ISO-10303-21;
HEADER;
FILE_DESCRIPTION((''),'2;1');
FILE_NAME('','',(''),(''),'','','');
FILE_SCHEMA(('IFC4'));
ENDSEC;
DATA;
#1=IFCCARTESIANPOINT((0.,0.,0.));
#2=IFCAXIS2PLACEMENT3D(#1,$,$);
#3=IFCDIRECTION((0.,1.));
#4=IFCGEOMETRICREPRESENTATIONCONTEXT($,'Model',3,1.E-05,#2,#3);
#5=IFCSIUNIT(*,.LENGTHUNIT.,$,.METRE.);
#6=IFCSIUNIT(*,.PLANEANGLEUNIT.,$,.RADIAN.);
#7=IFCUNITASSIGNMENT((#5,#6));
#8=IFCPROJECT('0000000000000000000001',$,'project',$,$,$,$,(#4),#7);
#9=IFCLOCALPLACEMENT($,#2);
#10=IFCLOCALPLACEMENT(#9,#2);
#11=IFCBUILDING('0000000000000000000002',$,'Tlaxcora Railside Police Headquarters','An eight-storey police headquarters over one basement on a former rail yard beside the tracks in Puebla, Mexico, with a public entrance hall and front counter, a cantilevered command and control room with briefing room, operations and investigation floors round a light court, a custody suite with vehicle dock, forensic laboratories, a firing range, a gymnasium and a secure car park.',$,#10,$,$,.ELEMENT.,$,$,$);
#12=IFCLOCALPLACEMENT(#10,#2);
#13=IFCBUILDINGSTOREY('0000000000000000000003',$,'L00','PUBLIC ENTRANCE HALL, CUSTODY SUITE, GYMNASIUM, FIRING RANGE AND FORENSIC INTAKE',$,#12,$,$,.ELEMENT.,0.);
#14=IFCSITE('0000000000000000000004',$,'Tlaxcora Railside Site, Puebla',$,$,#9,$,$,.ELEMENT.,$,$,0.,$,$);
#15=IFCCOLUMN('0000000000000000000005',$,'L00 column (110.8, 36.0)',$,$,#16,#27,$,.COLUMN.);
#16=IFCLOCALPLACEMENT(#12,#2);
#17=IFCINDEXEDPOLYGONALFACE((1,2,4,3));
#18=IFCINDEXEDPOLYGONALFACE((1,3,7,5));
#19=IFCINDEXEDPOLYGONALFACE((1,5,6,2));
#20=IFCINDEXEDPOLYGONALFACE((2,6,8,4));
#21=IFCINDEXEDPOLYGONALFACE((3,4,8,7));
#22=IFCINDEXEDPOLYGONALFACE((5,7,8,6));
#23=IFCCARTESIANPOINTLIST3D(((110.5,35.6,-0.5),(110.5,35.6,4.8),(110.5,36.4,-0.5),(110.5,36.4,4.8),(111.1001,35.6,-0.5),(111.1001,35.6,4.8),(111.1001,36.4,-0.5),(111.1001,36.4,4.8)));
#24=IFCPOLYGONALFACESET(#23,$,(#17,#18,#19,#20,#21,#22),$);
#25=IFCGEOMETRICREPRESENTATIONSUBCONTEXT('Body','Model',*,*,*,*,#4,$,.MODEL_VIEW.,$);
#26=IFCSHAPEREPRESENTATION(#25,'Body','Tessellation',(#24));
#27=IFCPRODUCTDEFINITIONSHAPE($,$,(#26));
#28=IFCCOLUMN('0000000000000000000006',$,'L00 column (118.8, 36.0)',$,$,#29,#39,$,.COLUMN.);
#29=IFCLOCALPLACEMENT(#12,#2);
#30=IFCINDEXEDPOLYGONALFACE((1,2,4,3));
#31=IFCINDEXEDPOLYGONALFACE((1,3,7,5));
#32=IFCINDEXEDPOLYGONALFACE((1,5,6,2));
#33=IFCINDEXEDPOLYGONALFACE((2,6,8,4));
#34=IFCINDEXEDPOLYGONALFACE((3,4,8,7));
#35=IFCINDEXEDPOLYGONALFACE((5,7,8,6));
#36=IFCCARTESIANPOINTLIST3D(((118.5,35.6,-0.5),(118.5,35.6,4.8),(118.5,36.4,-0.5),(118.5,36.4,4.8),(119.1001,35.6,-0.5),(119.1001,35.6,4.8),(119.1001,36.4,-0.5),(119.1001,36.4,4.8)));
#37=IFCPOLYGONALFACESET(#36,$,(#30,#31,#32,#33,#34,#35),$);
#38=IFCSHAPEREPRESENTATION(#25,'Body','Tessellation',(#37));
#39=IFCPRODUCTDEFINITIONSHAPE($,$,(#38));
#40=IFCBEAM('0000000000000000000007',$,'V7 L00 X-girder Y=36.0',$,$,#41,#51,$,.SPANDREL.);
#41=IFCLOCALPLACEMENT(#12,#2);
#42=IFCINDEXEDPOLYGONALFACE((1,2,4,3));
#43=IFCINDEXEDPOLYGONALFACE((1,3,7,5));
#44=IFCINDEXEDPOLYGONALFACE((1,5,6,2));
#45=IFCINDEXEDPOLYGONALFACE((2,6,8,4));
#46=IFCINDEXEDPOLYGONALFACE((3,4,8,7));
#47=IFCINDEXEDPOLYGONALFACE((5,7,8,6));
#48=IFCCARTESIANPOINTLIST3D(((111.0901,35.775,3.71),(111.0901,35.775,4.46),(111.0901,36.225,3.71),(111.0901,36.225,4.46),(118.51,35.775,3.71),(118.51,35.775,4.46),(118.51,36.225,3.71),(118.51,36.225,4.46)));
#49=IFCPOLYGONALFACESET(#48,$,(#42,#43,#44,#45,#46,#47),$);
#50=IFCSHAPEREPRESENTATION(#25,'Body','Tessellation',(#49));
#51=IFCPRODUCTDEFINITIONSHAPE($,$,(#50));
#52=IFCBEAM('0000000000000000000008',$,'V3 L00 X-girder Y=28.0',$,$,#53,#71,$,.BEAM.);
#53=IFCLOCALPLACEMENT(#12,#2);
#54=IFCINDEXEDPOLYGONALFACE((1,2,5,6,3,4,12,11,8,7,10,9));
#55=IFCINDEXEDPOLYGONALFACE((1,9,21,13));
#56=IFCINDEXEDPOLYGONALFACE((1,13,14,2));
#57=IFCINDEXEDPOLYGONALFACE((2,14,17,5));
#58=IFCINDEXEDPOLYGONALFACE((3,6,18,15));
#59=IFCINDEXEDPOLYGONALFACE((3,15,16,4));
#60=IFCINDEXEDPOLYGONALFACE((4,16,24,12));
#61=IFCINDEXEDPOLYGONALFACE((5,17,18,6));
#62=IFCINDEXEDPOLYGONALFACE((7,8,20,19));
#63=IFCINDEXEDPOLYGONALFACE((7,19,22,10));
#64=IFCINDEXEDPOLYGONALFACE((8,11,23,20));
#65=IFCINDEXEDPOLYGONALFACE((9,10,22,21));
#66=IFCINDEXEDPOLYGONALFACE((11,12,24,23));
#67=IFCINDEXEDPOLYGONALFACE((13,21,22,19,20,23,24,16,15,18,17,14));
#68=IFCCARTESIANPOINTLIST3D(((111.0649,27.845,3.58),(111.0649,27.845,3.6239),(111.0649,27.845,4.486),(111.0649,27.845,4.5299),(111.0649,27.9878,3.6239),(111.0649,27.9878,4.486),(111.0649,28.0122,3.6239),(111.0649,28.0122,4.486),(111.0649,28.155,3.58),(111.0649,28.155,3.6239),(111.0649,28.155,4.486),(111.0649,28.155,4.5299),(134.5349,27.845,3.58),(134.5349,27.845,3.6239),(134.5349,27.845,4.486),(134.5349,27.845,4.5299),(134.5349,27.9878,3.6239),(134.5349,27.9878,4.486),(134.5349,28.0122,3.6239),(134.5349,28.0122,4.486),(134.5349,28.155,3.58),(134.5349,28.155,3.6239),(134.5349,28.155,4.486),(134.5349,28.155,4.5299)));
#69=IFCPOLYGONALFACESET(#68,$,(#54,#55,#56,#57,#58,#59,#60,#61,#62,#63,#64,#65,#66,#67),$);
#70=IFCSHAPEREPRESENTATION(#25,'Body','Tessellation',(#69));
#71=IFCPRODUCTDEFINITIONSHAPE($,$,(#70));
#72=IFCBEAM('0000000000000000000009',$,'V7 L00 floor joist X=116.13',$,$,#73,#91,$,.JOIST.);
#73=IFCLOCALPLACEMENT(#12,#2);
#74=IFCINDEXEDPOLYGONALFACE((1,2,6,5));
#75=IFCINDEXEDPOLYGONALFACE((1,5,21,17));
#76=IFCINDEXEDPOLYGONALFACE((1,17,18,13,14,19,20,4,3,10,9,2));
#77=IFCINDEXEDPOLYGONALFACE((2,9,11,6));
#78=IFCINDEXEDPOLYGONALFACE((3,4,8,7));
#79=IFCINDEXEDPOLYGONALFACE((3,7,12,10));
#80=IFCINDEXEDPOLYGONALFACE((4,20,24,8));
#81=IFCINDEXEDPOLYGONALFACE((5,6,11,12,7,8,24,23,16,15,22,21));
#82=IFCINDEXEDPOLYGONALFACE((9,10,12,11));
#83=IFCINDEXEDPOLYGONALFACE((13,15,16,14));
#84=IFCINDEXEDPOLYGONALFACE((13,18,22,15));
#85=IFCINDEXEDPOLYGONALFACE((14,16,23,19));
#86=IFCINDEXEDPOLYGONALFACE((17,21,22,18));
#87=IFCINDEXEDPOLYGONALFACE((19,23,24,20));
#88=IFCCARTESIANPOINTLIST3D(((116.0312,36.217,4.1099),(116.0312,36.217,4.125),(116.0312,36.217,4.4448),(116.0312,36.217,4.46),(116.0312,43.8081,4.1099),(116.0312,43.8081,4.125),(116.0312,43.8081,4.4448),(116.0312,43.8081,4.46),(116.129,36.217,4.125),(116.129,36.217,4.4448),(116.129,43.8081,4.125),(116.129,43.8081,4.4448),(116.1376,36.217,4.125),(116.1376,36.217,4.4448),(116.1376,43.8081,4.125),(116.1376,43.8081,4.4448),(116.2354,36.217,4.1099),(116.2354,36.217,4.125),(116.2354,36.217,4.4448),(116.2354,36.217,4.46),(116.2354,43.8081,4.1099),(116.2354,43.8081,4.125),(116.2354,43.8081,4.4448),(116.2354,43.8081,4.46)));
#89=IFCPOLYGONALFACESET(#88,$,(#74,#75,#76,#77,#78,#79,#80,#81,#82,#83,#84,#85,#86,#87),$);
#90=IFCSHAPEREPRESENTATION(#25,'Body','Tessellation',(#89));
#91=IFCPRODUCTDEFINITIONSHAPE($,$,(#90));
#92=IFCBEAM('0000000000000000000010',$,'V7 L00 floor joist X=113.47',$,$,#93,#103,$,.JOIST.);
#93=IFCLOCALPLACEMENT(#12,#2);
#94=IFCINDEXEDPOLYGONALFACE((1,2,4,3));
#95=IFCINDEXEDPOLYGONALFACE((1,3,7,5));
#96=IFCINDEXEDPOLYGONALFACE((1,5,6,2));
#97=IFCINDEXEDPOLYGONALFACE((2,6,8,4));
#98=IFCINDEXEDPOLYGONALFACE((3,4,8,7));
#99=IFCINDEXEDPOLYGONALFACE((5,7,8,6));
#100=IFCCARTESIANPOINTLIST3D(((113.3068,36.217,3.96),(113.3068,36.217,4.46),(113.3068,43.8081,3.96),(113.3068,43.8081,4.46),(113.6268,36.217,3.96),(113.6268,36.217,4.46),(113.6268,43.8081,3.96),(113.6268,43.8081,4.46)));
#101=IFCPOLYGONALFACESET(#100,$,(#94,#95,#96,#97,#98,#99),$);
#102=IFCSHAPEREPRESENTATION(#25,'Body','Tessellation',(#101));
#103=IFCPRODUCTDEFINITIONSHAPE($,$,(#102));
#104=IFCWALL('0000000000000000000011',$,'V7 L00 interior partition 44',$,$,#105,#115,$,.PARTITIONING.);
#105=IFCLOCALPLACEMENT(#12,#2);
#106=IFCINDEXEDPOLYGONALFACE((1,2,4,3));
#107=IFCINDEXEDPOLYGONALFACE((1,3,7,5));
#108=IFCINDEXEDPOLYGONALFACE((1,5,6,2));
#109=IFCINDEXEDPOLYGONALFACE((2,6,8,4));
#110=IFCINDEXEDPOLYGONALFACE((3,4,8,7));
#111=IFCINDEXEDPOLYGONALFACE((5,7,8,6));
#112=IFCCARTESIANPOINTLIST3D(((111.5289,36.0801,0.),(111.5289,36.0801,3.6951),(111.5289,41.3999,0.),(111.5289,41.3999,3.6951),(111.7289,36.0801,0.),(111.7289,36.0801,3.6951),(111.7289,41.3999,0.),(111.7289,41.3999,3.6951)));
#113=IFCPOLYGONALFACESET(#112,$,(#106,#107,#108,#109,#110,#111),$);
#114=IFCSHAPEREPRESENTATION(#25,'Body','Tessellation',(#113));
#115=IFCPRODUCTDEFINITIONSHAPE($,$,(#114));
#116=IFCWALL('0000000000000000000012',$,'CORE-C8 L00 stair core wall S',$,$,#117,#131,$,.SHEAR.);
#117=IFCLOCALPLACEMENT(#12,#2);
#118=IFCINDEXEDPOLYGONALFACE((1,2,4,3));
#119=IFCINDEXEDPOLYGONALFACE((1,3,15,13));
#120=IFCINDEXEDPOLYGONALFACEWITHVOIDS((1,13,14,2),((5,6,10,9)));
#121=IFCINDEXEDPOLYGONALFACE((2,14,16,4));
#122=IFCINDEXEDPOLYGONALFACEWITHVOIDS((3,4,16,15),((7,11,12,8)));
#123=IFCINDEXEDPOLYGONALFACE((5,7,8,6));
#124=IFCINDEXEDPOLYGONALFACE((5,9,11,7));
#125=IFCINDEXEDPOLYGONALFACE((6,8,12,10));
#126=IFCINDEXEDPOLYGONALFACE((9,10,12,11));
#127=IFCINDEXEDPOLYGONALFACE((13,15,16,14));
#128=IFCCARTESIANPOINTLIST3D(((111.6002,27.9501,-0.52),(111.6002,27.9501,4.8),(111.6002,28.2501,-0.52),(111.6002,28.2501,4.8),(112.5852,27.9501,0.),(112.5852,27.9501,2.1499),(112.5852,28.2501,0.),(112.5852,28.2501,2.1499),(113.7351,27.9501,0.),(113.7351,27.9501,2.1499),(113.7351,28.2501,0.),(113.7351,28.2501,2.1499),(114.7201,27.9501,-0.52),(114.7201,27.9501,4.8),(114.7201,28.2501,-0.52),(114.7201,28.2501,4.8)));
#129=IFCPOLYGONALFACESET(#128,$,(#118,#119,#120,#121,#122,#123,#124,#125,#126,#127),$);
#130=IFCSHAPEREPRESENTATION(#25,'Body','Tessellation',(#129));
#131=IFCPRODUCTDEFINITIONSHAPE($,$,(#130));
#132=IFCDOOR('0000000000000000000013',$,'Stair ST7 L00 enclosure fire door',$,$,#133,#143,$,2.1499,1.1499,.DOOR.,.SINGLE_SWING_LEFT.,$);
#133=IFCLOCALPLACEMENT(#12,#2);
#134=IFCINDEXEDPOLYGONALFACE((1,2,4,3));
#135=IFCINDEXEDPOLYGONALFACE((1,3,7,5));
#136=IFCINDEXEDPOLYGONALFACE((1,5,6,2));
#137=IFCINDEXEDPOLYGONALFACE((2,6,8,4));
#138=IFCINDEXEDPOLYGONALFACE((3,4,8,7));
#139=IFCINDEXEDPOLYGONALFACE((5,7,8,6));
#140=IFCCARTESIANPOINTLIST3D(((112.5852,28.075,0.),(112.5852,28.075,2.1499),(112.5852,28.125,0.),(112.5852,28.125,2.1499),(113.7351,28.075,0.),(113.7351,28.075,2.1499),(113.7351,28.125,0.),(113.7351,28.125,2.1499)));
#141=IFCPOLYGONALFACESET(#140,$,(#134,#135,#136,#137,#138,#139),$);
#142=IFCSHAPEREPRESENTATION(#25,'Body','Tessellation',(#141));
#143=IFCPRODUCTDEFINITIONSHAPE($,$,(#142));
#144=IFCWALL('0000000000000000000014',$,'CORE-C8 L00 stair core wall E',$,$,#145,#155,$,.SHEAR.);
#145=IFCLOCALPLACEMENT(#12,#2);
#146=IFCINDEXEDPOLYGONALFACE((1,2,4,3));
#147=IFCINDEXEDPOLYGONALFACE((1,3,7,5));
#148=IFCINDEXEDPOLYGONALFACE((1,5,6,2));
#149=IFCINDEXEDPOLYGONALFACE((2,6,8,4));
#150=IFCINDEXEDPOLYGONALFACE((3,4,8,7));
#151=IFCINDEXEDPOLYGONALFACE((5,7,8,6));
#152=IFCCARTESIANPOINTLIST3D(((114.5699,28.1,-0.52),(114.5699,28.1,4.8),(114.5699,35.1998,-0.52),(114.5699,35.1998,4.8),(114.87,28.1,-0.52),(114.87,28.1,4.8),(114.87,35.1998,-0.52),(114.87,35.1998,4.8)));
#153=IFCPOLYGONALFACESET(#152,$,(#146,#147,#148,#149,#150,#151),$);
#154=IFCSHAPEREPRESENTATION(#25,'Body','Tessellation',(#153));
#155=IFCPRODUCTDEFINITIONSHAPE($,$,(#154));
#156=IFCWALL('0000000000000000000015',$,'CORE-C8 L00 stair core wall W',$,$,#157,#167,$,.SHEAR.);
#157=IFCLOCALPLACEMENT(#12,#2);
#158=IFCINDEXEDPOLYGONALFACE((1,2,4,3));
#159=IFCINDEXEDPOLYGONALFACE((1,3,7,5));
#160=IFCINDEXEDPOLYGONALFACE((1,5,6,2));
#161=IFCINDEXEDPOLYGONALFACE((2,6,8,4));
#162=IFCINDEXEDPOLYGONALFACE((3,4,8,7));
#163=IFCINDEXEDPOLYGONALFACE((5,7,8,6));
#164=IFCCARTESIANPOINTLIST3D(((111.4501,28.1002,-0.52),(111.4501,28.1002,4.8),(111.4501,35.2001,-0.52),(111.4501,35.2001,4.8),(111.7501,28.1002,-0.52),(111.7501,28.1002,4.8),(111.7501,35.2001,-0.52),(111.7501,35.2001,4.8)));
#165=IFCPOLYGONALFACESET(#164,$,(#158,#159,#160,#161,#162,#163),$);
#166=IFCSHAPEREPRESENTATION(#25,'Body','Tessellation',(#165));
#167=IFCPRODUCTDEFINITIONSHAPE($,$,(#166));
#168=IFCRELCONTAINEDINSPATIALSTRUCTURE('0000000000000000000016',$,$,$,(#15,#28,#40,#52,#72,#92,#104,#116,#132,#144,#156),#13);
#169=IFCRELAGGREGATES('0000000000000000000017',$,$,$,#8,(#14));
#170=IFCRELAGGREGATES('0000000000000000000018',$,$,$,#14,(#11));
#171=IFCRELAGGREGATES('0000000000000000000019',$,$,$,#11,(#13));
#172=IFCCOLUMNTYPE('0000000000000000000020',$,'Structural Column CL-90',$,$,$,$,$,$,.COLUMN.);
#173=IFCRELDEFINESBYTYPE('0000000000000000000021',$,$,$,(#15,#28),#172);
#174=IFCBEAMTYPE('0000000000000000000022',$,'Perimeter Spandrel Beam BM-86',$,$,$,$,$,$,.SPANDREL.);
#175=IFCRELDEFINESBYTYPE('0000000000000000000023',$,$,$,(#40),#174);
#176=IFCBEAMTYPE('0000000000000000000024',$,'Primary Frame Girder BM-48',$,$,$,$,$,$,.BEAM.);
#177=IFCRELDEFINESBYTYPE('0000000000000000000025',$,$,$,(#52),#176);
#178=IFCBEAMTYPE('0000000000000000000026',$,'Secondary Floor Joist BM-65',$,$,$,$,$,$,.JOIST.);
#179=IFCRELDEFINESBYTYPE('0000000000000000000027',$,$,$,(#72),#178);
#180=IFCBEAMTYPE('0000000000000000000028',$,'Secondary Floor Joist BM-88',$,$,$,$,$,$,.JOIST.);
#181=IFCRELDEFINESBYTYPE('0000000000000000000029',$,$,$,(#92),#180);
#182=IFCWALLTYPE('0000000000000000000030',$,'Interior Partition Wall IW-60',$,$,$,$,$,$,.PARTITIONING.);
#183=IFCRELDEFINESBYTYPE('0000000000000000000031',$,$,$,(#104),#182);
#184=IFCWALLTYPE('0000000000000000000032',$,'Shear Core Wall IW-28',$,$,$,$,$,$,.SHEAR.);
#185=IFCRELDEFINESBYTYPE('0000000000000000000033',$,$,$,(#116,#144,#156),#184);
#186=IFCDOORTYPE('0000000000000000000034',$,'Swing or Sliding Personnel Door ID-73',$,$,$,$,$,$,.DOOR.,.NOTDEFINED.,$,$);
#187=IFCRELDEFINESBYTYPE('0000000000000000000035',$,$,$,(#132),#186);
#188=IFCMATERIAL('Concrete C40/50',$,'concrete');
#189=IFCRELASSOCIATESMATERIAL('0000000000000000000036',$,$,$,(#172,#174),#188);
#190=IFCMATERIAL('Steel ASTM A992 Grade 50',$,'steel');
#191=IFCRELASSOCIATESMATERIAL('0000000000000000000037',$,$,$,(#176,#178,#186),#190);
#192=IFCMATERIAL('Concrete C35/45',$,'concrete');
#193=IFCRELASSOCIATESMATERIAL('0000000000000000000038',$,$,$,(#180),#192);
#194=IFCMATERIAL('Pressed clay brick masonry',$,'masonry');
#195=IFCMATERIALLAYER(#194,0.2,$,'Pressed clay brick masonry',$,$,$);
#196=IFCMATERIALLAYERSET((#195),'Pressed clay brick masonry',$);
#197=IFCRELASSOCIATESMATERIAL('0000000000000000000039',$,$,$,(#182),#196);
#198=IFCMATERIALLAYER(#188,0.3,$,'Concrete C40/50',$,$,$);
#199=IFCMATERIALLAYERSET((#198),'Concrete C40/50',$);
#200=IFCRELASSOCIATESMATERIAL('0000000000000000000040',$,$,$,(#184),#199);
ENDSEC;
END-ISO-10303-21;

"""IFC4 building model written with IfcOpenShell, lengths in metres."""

from ifc_helpers import new_model, si_unit, direction, frame, frame_2d, origin, origin_2d, place, context, subcontext, project, spatial, rectangle, i_section, extrude, material, layer, layer_set, material_profile, profile_set, type_object, element, fill, save


model = new_model("IFC4")

# Units and contexts
model_context = context("Model", 3, precision=1e-05, world=origin(), true_north=direction((0.0, 1.0)))
body_context = subcontext(model_context, "Body", "Model", "MODEL_VIEW")
ifc_project = project(units=[si_unit("LENGTHUNIT", "METRE"), si_unit("PLANEANGLEUNIT", "RADIAN")], contexts=[model_context])

# Site, building, storey
site_placement = place(None, origin())
site = spatial("IfcSite", under=ifc_project, at=site_placement, Name="Tlaxcora Railside Site, Puebla", CompositionType="ELEMENT", RefElevation=0.0)
building_placement = place(site_placement, origin())
building = spatial("IfcBuilding", under=site, at=building_placement, Name="Tlaxcora Railside Police Headquarters", Description="An eight-storey police headquarters over one basement on a former rail yard beside the tracks in Puebla, Mexico, with a public entrance hall and front counter, a cantilevered command and control room with briefing room, operations and investigation floors round a light court, a custody suite with vehicle dock, forensic laboratories, a firing range, a gymnasium and a secure car park.", CompositionType="ELEMENT")
storey_placement = place(building_placement, origin())
storey = spatial("IfcBuildingStorey", under=building, at=storey_placement, Name="L00", Description="PUBLIC ENTRANCE HALL, CUSTODY SUITE, GYMNASIUM, FIRING RANGE AND FORENSIC INTAKE", CompositionType="ELEMENT", Elevation=0.0)

# Shared definitions
ifc_material_1 = material(Name="Concrete C35/45", Category="concrete")

# Shared definitions
ifc_material_2 = material(Name="Concrete C40/50", Category="concrete")

# Columns
ifc_material_profile_1 = material_profile(ifc_material_2, rectangle(XDim=0.6001, YDim=0.8, at=origin_2d()), Name="RC600X800")
ifc_profile_set_1 = profile_set([ifc_material_profile_1], Name="Concrete C40/50")
column_type_1 = type_object("IfcColumnType", Name="Structural Column CL-90", PredefinedType="COLUMN", material=ifc_profile_set_1)
for number, where, z_axis, x_axis, name in (
    (1, (110.8, 36.0, -0.5), (0.0, 0.0, 1.0), (1.0, 0.0, 0.0), "L00 column (110.8, 36.0)"),
    (2, (118.8, 36.0, -0.5), (0.0, 0.0, 1.0), (1.0, 0.0, 0.0), "L00 column (118.8, 36.0)"),
):
    element("IfcColumn", number, at=place(storey_placement, frame(where, z_axis=z_axis, x_axis=x_axis)), inside=storey, type_object=column_type_1, Name=name, PredefinedType="COLUMN", context=body_context, shape_type="SweptSolid", body=[
        extrude(rectangle(XDim=0.6001, YDim=0.8, at=origin_2d()), origin(), (0.0, 0.0, 1.0), 5.3),
    ])

# Beams
ifc_material_profile_2 = material_profile(ifc_material_2, rectangle(XDim=0.45, YDim=0.75, at=origin_2d()), Name="RC450X750")
ifc_profile_set_2 = profile_set([ifc_material_profile_2], Name="Concrete C40/50")
beam_type_1 = type_object("IfcBeamType", Name="Perimeter Spandrel Beam BM-86", PredefinedType="SPANDREL", material=ifc_profile_set_2)
beam_1_placement = place(storey_placement, frame((111.0901, 36.0, 4.085), z_axis=(1.0, 0.0, 0.0), x_axis=(0.0, 1.0, 0.0)))
element("IfcBeam", 3, at=beam_1_placement, inside=storey, type_object=beam_type_1, Name="V7 L00 X-girder Y=36.0", PredefinedType="SPANDREL", context=body_context, shape_type="SweptSolid", body=[
    extrude(rectangle(XDim=0.45, YDim=0.75, at=origin_2d()), origin(), (0.0, 0.0, 1.0), 7.4199),
])
ifc_material_3 = material(Name="Steel ASTM A992 Grade 50", Category="steel")
ifc_material_profile_3 = material_profile(ifc_material_3, i_section(OverallWidth=0.3101, OverallDepth=0.95, WebThickness=0.0244, FlangeThickness=0.0439, at=origin_2d()), Name="W36X256")
ifc_profile_set_3 = profile_set([ifc_material_profile_3], Name="Steel ASTM A992 Grade 50")
beam_type_2 = type_object("IfcBeamType", Name="Primary Frame Girder BM-48", PredefinedType="BEAM", material=ifc_profile_set_3)
beam_2_placement = place(storey_placement, frame((111.0649, 28.0, 4.0549), z_axis=(1.0, 0.0, 0.0), x_axis=(0.0, 1.0, 0.0)))
element("IfcBeam", 4, at=beam_2_placement, inside=storey, type_object=beam_type_2, Name="V3 L00 X-girder Y=28.0", PredefinedType="BEAM", context=body_context, shape_type="SweptSolid", body=[
    extrude(i_section(OverallWidth=0.3101, OverallDepth=0.95, WebThickness=0.0244, FlangeThickness=0.0439, at=origin_2d()), origin(), (0.0, 0.0, 1.0), 23.47),
])
ifc_material_profile_4 = material_profile(ifc_material_3, i_section(OverallWidth=0.2041, OverallDepth=0.3501, WebThickness=0.0085, FlangeThickness=0.0151, at=origin_2d()), Name="W14X48")
ifc_profile_set_4 = profile_set([ifc_material_profile_4], Name="Steel ASTM A992 Grade 50")
beam_type_3 = type_object("IfcBeamType", Name="Secondary Floor Joist BM-65", PredefinedType="JOIST", material=ifc_profile_set_4)
beam_3_placement = place(storey_placement, frame((116.1333, 36.217, 4.2849), z_axis=(0.0, 1.0, 0.0), x_axis=(-1.0, 0.0, 0.0)))
element("IfcBeam", 5, at=beam_3_placement, inside=storey, type_object=beam_type_3, Name="V7 L00 floor joist X=116.13", PredefinedType="JOIST", context=body_context, shape_type="SweptSolid", body=[
    extrude(i_section(OverallWidth=0.2041, OverallDepth=0.3501, WebThickness=0.0085, FlangeThickness=0.0151, at=origin_2d()), origin(), (0.0, 0.0, 1.0), 7.5911),
])
ifc_material_profile_5 = material_profile(ifc_material_1, rectangle(XDim=0.3201, YDim=0.5, at=origin_2d()), Name="RC320X500")
ifc_profile_set_5 = profile_set([ifc_material_profile_5], Name="Concrete C35/45")
beam_type_4 = type_object("IfcBeamType", Name="Secondary Floor Joist BM-88", PredefinedType="JOIST", material=ifc_profile_set_5)
beam_4_placement = place(storey_placement, frame((113.4668, 36.217, 4.21), z_axis=(0.0, 1.0, 0.0), x_axis=(-1.0, 0.0, 0.0)))
element("IfcBeam", 6, at=beam_4_placement, inside=storey, type_object=beam_type_4, Name="V7 L00 floor joist X=113.47", PredefinedType="JOIST", context=body_context, shape_type="SweptSolid", body=[
    extrude(rectangle(XDim=0.3201, YDim=0.5, at=origin_2d()), origin(), (0.0, 0.0, 1.0), 7.5911),
])

# Wall
ifc_material_4 = material(Name="Pressed clay brick masonry", Category="masonry")
ifc_layer_1 = layer(ifc_material_4, 0.2, Name="Pressed clay brick masonry")
ifc_layer_set_1 = layer_set([ifc_layer_1], Name="Pressed clay brick masonry")
wall_type_1 = type_object("IfcWallType", Name="Interior Partition Wall IW-60", PredefinedType="PARTITIONING", material=ifc_layer_set_1)
wall_1_placement = place(storey_placement, frame((111.6289, 36.0801, 0.0), z_axis=(0.0, 0.0, 1.0), x_axis=(0.0, 1.0, 0.0)))
element("IfcWall", 7, at=wall_1_placement, inside=storey, type_object=wall_type_1, Name="V7 L00 interior partition 44", PredefinedType="PARTITIONING", context=body_context, shape_type="SweptSolid", body=[
    extrude(rectangle(XDim=5.3198, YDim=0.2, at=frame_2d((2.6599, 0.0))), origin(), (0.0, 0.0, 1.0), 3.6951),
])

# Wall, opening, door
ifc_layer_2 = layer(ifc_material_2, 0.3, Name="Concrete C40/50")
ifc_layer_set_2 = layer_set([ifc_layer_2], Name="Concrete C40/50")
wall_type_2 = type_object("IfcWallType", Name="Shear Core Wall IW-28", PredefinedType="SHEAR", material=ifc_layer_set_2)
wall_2_placement = place(storey_placement, frame((111.6001, 28.1001, -0.52), z_axis=(0.0, 0.0, 1.0), x_axis=(1.0, 0.0, 0.0)))
wall_2 = element("IfcWall", 8, at=wall_2_placement, inside=storey, type_object=wall_type_2, Name="CORE-C8 L00 stair core wall S", PredefinedType="SHEAR", context=body_context, shape_type="SweptSolid", body=[
    extrude(rectangle(XDim=3.1199, YDim=0.3, at=frame_2d((1.5601, 0.0))), origin(), (0.0, 0.0, 1.0), 5.3201),
])
opening_1_placement = place(wall_2_placement, frame((0.9851, 0.0, 0.52)))
opening_1 = element("IfcOpeningElement", 9, at=opening_1_placement, cuts=wall_2, PredefinedType="OPENING", context=body_context, shape_type="SweptSolid", body=[
    extrude(rectangle(XDim=1.1499, YDim=2.1499, at=frame_2d((0.575, 1.075))), frame((0.0, 0.1602, 0.0), z_axis=(0.0, -1.0, 0.0), x_axis=(1.0, 0.0, 0.0)), (0.0, 0.0, 1.0), 0.3201),
])
door_type_1 = type_object("IfcDoorType", Name="Swing or Sliding Personnel Door ID-73", OperationType="NOTDEFINED", PredefinedType="DOOR", material=ifc_material_3)
door_1_placement = place(opening_1_placement, origin())
door_1 = element("IfcDoor", 10, at=door_1_placement, inside=storey, type_object=door_type_1, Name="Stair ST7 L00 enclosure fire door", OperationType="SINGLE_SWING_LEFT", OverallHeight=2.1499, OverallWidth=1.1499, PredefinedType="DOOR", context=body_context, shape_type="SweptSolid", body=[
    extrude(rectangle(XDim=1.1499, YDim=2.1499, at=frame_2d((0.575, 1.075))), frame((0.0, 0.0249, 0.0), z_axis=(0.0, -1.0, 0.0), x_axis=(1.0, 0.0, 0.0)), (0.0, 0.0, 1.0), 0.05),
])
fill(opening_1, door_1)

# Walls
for number, where, z_axis, x_axis, name in (
    (11, (114.72, 28.1001, -0.52), (0.0, 0.0, 1.0), (0.0, 1.0, 0.0), "CORE-C8 L00 stair core wall E"),
    (12, (111.6001, 35.2, -0.52), (0.0, 0.0, 1.0), (0.0, -1.0, 0.0), "CORE-C8 L00 stair core wall W"),
):
    element("IfcWall", number, at=place(storey_placement, frame(where, z_axis=z_axis, x_axis=x_axis)), inside=storey, type_object=wall_type_2, Name=name, PredefinedType="SHEAR", context=body_context, shape_type="SweptSolid", body=[
        extrude(rectangle(XDim=7.0999, YDim=0.3, at=frame_2d((3.5498, 0.0))), origin(), (0.0, 0.0, 1.0), 5.3201),
    ])

save(model, "model.ifc")
